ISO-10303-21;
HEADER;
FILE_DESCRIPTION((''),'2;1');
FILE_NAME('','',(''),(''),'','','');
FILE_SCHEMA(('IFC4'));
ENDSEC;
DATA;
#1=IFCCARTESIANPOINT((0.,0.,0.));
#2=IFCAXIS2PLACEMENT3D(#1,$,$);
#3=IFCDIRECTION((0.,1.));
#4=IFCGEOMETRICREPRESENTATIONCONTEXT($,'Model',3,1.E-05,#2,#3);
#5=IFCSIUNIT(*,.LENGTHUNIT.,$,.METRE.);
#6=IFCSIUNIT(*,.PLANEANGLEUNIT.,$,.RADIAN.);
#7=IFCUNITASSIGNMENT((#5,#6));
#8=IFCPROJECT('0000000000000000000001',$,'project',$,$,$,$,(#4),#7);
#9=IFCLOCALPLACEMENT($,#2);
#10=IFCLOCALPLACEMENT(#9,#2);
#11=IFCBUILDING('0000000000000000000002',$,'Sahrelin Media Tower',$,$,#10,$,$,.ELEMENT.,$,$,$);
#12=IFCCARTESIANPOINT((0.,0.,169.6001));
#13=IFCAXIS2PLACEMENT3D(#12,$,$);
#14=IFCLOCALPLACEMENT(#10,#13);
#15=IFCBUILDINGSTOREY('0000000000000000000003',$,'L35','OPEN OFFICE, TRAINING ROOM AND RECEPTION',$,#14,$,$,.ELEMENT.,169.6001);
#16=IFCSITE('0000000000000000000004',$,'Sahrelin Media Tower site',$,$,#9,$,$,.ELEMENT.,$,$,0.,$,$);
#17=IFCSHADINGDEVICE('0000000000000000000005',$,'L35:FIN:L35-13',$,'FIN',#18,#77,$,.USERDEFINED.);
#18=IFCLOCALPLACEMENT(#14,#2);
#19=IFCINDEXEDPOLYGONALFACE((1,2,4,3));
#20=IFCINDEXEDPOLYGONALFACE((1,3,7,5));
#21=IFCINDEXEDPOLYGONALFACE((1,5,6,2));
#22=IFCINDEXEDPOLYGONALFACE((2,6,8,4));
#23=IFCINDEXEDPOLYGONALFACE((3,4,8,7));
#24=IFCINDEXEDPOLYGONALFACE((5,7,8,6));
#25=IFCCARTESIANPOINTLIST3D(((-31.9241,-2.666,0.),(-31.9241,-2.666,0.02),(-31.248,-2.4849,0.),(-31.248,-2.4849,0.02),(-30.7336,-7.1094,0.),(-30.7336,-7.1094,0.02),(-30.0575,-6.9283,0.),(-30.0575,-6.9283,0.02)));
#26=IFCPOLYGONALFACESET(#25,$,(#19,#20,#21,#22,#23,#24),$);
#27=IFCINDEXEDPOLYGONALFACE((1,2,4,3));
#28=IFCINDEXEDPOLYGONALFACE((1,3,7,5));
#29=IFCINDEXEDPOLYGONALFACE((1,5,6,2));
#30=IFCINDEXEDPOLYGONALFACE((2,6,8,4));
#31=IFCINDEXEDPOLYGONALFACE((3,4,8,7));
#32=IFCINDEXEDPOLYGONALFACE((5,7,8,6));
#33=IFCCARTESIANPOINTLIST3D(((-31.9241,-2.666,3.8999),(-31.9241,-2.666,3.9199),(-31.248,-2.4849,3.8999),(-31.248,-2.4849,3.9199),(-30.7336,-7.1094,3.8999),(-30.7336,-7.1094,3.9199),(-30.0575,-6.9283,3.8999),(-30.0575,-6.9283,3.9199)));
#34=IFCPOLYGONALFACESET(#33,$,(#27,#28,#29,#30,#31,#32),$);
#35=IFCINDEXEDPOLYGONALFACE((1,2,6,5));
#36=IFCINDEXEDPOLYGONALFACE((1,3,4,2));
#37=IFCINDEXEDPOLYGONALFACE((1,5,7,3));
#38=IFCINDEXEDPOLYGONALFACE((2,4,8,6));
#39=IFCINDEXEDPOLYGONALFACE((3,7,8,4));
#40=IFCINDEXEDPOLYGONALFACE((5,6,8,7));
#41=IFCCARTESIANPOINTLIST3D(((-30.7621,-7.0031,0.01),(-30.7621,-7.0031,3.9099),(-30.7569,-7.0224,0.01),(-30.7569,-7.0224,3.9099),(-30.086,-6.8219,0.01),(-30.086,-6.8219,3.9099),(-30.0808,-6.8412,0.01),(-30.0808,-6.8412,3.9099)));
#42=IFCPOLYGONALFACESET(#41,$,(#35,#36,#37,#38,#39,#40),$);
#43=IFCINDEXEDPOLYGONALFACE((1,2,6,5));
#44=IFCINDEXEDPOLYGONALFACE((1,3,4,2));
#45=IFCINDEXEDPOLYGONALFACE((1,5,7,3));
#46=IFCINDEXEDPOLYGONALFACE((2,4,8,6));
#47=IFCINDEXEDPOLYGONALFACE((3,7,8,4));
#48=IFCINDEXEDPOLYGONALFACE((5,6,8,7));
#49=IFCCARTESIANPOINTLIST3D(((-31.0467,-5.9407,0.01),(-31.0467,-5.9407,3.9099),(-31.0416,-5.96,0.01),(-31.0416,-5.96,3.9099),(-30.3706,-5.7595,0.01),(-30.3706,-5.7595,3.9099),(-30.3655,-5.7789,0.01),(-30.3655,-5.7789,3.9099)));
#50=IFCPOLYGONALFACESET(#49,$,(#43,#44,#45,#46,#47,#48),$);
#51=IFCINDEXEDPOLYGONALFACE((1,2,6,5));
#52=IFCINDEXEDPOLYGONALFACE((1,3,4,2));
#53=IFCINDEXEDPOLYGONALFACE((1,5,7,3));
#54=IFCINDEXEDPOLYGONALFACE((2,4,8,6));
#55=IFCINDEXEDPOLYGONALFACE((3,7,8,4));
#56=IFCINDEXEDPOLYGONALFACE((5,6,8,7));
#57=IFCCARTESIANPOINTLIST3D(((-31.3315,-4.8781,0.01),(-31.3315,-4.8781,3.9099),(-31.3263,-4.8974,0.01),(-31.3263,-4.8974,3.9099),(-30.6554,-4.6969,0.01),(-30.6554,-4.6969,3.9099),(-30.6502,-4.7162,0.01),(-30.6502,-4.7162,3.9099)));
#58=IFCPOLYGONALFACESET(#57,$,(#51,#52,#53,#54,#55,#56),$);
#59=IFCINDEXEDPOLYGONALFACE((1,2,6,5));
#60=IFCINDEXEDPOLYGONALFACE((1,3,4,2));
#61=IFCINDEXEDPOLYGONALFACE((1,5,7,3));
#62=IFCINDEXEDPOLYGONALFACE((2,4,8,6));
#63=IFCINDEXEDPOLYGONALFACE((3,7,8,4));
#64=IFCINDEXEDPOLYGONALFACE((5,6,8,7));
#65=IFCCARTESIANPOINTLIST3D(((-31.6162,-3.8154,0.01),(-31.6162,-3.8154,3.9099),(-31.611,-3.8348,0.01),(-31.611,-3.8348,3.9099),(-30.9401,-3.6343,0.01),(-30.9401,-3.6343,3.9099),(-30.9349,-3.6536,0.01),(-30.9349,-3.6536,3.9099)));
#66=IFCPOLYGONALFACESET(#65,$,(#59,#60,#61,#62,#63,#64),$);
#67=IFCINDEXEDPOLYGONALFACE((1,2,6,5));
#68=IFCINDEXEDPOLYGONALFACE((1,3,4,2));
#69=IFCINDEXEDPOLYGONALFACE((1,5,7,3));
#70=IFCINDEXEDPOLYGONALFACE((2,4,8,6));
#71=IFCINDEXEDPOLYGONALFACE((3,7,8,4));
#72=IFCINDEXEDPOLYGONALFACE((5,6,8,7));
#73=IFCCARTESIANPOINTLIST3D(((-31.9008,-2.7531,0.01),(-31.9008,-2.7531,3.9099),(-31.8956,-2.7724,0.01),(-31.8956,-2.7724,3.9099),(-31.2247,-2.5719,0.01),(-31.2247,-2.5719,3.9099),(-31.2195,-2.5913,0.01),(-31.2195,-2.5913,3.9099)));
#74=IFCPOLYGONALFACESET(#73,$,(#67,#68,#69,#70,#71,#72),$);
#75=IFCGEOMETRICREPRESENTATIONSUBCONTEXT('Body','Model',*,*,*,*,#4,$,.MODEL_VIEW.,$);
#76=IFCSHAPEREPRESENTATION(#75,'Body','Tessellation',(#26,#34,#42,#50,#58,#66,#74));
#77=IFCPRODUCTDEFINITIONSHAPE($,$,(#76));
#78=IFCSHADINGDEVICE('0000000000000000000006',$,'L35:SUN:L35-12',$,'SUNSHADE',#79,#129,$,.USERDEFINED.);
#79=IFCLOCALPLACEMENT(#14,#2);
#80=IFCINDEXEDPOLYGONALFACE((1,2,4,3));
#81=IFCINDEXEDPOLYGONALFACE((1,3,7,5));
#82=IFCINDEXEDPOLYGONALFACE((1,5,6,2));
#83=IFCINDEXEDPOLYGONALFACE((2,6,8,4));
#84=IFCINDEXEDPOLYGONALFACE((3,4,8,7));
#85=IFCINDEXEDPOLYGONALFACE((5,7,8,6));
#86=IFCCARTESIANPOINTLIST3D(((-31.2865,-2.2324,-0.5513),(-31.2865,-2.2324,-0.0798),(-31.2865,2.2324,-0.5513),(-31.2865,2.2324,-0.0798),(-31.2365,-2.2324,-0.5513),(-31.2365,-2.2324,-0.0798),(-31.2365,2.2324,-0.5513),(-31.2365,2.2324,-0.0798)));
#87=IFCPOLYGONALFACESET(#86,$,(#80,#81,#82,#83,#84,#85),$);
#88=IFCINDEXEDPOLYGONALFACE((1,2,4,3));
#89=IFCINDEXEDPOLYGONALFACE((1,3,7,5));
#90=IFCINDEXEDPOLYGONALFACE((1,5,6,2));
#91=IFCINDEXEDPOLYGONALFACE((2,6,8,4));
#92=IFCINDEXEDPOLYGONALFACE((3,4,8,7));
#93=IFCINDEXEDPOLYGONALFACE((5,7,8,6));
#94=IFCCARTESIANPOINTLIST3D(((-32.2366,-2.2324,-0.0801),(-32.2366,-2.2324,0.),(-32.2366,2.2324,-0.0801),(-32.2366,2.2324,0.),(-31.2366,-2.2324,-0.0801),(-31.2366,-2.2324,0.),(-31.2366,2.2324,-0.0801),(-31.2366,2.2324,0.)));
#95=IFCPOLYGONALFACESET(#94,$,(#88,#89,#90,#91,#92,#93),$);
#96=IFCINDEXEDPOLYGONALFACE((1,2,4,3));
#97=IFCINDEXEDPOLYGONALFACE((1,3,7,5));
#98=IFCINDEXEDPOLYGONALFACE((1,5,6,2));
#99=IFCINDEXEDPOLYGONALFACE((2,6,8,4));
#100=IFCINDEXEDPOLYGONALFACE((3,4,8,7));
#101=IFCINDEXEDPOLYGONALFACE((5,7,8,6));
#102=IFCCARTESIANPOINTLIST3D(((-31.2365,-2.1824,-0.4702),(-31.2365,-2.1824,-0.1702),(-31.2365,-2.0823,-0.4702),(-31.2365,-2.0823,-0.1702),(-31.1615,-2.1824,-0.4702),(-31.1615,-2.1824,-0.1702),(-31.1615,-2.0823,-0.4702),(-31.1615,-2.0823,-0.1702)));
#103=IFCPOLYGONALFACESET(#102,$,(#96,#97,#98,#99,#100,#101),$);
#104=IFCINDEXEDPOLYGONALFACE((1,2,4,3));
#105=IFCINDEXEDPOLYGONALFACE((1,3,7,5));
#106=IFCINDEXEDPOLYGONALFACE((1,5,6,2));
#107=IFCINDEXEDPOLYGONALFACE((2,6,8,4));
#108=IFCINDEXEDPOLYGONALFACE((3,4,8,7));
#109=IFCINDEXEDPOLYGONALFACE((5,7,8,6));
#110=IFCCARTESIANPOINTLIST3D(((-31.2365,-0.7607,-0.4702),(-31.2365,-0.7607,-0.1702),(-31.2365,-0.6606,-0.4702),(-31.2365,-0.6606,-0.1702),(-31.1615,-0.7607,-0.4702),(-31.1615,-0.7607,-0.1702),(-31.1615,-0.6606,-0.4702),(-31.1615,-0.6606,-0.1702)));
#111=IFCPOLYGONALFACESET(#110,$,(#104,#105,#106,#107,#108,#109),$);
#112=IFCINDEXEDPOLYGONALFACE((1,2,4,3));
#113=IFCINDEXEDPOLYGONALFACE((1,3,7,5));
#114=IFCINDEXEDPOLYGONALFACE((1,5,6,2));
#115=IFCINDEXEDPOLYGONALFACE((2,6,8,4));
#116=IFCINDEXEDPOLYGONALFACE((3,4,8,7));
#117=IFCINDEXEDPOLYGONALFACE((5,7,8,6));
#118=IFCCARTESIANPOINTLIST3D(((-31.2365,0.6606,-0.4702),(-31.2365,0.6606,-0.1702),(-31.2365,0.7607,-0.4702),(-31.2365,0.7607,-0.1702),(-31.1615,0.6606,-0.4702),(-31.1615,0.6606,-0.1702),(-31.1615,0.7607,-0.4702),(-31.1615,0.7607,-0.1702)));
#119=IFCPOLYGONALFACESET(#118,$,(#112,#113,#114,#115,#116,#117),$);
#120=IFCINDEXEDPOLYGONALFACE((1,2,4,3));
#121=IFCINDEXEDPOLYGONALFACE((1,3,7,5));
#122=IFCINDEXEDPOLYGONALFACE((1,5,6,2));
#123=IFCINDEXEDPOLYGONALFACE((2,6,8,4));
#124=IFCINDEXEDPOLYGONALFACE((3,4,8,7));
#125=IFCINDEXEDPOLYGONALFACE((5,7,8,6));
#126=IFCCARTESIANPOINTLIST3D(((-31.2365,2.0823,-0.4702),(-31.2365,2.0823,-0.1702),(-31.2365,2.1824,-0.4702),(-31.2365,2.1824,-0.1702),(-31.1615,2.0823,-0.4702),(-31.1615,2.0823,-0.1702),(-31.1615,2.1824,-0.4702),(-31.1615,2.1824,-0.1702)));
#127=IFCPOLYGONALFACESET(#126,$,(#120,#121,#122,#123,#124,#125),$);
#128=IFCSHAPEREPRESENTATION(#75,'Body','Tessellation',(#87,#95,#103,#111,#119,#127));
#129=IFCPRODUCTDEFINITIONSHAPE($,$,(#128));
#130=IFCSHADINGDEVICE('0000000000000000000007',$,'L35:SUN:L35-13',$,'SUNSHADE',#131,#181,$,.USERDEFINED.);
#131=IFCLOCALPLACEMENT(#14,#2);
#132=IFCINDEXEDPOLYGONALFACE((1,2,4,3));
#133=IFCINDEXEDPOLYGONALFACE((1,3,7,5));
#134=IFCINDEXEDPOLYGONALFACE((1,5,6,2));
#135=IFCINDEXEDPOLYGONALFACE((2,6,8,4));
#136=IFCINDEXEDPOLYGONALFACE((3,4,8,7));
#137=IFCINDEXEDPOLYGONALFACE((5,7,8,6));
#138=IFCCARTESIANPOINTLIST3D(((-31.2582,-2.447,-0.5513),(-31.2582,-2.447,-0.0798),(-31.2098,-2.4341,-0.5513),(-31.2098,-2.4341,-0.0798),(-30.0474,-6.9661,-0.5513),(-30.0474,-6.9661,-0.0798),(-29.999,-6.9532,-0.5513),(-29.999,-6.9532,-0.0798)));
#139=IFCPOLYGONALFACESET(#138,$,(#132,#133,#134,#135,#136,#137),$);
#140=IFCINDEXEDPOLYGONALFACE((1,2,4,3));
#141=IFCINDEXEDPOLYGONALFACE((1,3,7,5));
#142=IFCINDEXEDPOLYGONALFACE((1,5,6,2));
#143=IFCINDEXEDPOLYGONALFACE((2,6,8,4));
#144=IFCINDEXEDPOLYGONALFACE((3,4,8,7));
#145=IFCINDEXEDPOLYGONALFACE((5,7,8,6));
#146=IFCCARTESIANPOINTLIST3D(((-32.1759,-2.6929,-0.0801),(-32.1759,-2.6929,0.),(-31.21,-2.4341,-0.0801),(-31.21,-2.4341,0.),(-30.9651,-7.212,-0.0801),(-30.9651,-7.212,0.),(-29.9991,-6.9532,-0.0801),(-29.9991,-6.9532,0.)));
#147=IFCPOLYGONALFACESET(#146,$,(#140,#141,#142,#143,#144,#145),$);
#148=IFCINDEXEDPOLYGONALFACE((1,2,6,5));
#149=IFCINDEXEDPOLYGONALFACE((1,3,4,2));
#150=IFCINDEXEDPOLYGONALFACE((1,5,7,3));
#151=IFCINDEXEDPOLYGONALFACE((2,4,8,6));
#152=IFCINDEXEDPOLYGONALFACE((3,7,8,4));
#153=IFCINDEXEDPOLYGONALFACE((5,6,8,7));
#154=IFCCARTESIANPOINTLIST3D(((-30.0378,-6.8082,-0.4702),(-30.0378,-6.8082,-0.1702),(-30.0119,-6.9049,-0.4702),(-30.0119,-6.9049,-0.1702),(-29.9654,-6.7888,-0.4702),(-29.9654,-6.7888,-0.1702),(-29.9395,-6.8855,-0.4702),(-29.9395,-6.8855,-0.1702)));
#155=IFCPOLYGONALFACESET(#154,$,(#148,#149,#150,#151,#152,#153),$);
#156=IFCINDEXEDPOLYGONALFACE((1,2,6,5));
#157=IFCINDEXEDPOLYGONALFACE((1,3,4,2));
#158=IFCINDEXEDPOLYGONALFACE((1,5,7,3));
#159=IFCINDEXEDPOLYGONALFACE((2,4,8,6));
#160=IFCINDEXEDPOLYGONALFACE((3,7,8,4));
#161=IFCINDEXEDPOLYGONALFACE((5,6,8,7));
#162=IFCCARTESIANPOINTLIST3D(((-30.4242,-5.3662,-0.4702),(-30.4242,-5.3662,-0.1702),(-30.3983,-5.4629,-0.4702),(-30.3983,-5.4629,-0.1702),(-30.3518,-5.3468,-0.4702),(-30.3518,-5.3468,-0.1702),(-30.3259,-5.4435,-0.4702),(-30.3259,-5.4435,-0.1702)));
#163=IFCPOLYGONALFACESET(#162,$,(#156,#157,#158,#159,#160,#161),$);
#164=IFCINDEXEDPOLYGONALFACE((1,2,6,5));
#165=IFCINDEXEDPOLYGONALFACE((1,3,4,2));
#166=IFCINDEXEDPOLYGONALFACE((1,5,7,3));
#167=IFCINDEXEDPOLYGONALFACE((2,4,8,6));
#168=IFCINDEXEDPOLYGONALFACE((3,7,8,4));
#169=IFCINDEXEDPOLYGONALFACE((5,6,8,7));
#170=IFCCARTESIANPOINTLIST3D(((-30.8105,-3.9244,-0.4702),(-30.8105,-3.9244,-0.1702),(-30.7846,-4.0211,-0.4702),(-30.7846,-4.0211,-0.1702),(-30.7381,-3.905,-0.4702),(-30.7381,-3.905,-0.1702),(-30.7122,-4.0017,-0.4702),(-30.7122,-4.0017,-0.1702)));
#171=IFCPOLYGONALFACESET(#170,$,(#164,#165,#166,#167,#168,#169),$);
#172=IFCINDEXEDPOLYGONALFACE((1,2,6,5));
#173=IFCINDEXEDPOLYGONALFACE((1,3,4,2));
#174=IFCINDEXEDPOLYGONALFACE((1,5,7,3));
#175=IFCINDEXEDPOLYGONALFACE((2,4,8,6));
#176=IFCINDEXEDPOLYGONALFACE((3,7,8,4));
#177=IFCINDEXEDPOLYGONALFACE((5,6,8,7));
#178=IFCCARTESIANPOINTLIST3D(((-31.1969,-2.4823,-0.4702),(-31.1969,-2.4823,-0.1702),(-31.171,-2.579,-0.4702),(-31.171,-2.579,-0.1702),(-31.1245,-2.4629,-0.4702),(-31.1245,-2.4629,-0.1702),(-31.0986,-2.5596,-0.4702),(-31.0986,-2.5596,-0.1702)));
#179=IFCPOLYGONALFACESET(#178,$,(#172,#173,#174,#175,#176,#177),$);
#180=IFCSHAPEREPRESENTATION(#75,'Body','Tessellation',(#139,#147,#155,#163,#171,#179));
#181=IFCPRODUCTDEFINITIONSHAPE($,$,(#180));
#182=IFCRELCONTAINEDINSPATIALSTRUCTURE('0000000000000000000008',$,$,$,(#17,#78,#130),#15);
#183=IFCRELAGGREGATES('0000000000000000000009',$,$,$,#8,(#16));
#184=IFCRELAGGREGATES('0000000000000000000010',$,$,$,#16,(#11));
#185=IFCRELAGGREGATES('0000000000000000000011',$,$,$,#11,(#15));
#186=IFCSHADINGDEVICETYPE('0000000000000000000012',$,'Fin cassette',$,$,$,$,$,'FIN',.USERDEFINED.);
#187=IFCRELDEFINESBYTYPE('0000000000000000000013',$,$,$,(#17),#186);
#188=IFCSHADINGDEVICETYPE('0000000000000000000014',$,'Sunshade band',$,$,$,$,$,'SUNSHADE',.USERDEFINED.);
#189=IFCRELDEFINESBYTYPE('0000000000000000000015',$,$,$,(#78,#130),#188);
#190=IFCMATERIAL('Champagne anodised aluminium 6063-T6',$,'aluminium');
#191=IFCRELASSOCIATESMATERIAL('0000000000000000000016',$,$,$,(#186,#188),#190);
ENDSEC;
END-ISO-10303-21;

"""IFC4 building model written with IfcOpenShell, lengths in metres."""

from ifc_helpers import new_model, si_unit, direction, frame, origin, origin_2d, place, context, subcontext, project, spatial, rectangle, extrude, material, type_object, element, save


model = new_model("IFC4")

# Units and contexts
model_context = context("Model", 3, precision=1e-05, world=origin(), true_north=direction((0.0, 1.0)))
body_context = subcontext(model_context, "Body", "Model", "MODEL_VIEW")
ifc_project = project(units=[si_unit("LENGTHUNIT", "METRE"), si_unit("PLANEANGLEUNIT", "RADIAN")], contexts=[model_context])

# Site, building, storey
site_placement = place(None, origin())
site = spatial("IfcSite", under=ifc_project, at=site_placement, Name="Sahrelin Media Tower site", CompositionType="ELEMENT", RefElevation=0.0)
building_placement = place(site_placement, origin())
building = spatial("IfcBuilding", under=site, at=building_placement, Name="Sahrelin Media Tower", CompositionType="ELEMENT")
storey_placement = place(building_placement, frame((0.0, 0.0, 169.6001)))
storey = spatial("IfcBuildingStorey", under=building, at=storey_placement, Name="L35", Description="OPEN OFFICE, TRAINING ROOM AND RECEPTION", CompositionType="ELEMENT", Elevation=169.6001)

# Shared definitions
ifc_material_1 = material(Name="Champagne anodised aluminium 6063-T6", Category="aluminium")

# Shading devices
shading_device_type_1 = type_object("IfcShadingDeviceType", Name="Fin cassette", ElementType="FIN", PredefinedType="USERDEFINED", material=ifc_material_1)
placement = place(storey_placement, frame((-30.5852, -4.6885, 0.0), z_axis=(0.0, 0.0, 1.0), x_axis=(-0.258808, 0.965929, 0.0)))
element("IfcShadingDevice", 1, at=placement, inside=storey, type_object=shading_device_type_1, Name="L35:FIN:L35-13", ObjectType="FIN", PredefinedType="USERDEFINED", context=body_context, shape_type="SweptSolid", body=[
    extrude(rectangle(XDim=4.6001, YDim=0.7, at=origin_2d()), frame((0.0, 0.4199, 0.0)), (0.0, 0.0, 1.0), 0.02),
    extrude(rectangle(XDim=4.6001, YDim=0.7, at=origin_2d()), frame((0.0, 0.4199, 3.8999)), (0.0, 0.0, 1.0), 0.02),
    extrude(rectangle(XDim=0.02, YDim=0.7, at=origin_2d()), frame((-2.2, 0.4199, 0.01), z_axis=(0.0, 0.0, 1.0), x_axis=(1.0, 0.0, 0.0)), (0.0, 0.0, 1.0), 3.8999),
    extrude(rectangle(XDim=0.02, YDim=0.7, at=origin_2d()), frame((-1.1001, 0.4199, 0.01), z_axis=(0.0, 0.0, 1.0), x_axis=(1.0, 0.0, 0.0)), (0.0, 0.0, 1.0), 3.8999),
    extrude(rectangle(XDim=0.02, YDim=0.7, at=origin_2d()), frame((0.0, 0.4199, 0.01), z_axis=(0.0, 0.0, 1.0), x_axis=(1.0, 0.0, 0.0)), (0.0, 0.0, 1.0), 3.8999),
    extrude(rectangle(XDim=0.02, YDim=0.7, at=origin_2d()), frame((1.1001, 0.4199, 0.01), z_axis=(0.0, 0.0, 1.0), x_axis=(1.0, 0.0, 0.0)), (0.0, 0.0, 1.0), 3.8999),
    extrude(rectangle(XDim=0.02, YDim=0.7, at=origin_2d()), frame((2.2, 0.4199, 0.01), z_axis=(0.0, 0.0, 1.0), x_axis=(1.0, 0.0, 0.0)), (0.0, 0.0, 1.0), 3.8999),
])
shading_device_type_2 = type_object("IfcShadingDeviceType", Name="Sunshade band", ElementType="SUNSHADE", PredefinedType="USERDEFINED", material=ifc_material_1)
shading_device_1_placement = place(storey_placement, frame((-31.2166, 0.0, 0.0), z_axis=(0.0, 0.0, 1.0), x_axis=(0.0, 1.0, 0.0)))
element("IfcShadingDevice", 2, at=shading_device_1_placement, inside=storey, type_object=shading_device_type_2, Name="L35:SUN:L35-12", ObjectType="SUNSHADE", PredefinedType="USERDEFINED", context=body_context, shape_type="SweptSolid", body=[
    extrude(rectangle(XDim=4.4648, YDim=0.05, at=origin_2d()), frame((0.0, 0.0449, -0.5513)), (0.0, 0.0, 1.0), 0.4714),
    extrude(rectangle(XDim=4.4648, YDim=1.0, at=origin_2d()), frame((0.0, 0.52, -0.0801)), (0.0, 0.0, 1.0), 0.0801),
    extrude(rectangle(XDim=0.1001, YDim=0.075, at=origin_2d()), frame((-2.1323, -0.0176, -0.4702)), (0.0, 0.0, 1.0), 0.3),
    extrude(rectangle(XDim=0.1001, YDim=0.075, at=origin_2d()), frame((-0.7107, -0.0176, -0.4702)), (0.0, 0.0, 1.0), 0.3),
    extrude(rectangle(XDim=0.1001, YDim=0.075, at=origin_2d()), frame((0.7107, -0.0176, -0.4702)), (0.0, 0.0, 1.0), 0.3),
    extrude(rectangle(XDim=0.1001, YDim=0.075, at=origin_2d()), frame((2.1323, -0.0176, -0.4702)), (0.0, 0.0, 1.0), 0.3),
])
element("IfcShadingDevice", 3, at=placement, inside=storey, type_object=shading_device_type_2, Name="L35:SUN:L35-13", ObjectType="SUNSHADE", PredefinedType="USERDEFINED", context=body_context, shape_type="SweptSolid", body=[
    extrude(rectangle(XDim=4.6785, YDim=0.05, at=origin_2d()), frame((0.0, 0.0449, -0.5513)), (0.0, 0.0, 1.0), 0.4714),
    extrude(rectangle(XDim=4.6785, YDim=1.0, at=origin_2d()), frame((0.0, 0.52, -0.0801)), (0.0, 0.0, 1.0), 0.0801),
    extrude(rectangle(XDim=0.1001, YDim=0.075, at=origin_2d()), frame((-2.2393, -0.0176, -0.4702)), (0.0, 0.0, 1.0), 0.3),
    extrude(rectangle(XDim=0.1001, YDim=0.075, at=origin_2d()), frame((-0.7463, -0.0176, -0.4702)), (0.0, 0.0, 1.0), 0.3),
    extrude(rectangle(XDim=0.1001, YDim=0.075, at=origin_2d()), frame((0.7463, -0.0176, -0.4702)), (0.0, 0.0, 1.0), 0.3),
    extrude(rectangle(XDim=0.1001, YDim=0.075, at=origin_2d()), frame((2.2393, -0.0176, -0.4702)), (0.0, 0.0, 1.0), 0.3),
])

save(model, "model.ifc")
